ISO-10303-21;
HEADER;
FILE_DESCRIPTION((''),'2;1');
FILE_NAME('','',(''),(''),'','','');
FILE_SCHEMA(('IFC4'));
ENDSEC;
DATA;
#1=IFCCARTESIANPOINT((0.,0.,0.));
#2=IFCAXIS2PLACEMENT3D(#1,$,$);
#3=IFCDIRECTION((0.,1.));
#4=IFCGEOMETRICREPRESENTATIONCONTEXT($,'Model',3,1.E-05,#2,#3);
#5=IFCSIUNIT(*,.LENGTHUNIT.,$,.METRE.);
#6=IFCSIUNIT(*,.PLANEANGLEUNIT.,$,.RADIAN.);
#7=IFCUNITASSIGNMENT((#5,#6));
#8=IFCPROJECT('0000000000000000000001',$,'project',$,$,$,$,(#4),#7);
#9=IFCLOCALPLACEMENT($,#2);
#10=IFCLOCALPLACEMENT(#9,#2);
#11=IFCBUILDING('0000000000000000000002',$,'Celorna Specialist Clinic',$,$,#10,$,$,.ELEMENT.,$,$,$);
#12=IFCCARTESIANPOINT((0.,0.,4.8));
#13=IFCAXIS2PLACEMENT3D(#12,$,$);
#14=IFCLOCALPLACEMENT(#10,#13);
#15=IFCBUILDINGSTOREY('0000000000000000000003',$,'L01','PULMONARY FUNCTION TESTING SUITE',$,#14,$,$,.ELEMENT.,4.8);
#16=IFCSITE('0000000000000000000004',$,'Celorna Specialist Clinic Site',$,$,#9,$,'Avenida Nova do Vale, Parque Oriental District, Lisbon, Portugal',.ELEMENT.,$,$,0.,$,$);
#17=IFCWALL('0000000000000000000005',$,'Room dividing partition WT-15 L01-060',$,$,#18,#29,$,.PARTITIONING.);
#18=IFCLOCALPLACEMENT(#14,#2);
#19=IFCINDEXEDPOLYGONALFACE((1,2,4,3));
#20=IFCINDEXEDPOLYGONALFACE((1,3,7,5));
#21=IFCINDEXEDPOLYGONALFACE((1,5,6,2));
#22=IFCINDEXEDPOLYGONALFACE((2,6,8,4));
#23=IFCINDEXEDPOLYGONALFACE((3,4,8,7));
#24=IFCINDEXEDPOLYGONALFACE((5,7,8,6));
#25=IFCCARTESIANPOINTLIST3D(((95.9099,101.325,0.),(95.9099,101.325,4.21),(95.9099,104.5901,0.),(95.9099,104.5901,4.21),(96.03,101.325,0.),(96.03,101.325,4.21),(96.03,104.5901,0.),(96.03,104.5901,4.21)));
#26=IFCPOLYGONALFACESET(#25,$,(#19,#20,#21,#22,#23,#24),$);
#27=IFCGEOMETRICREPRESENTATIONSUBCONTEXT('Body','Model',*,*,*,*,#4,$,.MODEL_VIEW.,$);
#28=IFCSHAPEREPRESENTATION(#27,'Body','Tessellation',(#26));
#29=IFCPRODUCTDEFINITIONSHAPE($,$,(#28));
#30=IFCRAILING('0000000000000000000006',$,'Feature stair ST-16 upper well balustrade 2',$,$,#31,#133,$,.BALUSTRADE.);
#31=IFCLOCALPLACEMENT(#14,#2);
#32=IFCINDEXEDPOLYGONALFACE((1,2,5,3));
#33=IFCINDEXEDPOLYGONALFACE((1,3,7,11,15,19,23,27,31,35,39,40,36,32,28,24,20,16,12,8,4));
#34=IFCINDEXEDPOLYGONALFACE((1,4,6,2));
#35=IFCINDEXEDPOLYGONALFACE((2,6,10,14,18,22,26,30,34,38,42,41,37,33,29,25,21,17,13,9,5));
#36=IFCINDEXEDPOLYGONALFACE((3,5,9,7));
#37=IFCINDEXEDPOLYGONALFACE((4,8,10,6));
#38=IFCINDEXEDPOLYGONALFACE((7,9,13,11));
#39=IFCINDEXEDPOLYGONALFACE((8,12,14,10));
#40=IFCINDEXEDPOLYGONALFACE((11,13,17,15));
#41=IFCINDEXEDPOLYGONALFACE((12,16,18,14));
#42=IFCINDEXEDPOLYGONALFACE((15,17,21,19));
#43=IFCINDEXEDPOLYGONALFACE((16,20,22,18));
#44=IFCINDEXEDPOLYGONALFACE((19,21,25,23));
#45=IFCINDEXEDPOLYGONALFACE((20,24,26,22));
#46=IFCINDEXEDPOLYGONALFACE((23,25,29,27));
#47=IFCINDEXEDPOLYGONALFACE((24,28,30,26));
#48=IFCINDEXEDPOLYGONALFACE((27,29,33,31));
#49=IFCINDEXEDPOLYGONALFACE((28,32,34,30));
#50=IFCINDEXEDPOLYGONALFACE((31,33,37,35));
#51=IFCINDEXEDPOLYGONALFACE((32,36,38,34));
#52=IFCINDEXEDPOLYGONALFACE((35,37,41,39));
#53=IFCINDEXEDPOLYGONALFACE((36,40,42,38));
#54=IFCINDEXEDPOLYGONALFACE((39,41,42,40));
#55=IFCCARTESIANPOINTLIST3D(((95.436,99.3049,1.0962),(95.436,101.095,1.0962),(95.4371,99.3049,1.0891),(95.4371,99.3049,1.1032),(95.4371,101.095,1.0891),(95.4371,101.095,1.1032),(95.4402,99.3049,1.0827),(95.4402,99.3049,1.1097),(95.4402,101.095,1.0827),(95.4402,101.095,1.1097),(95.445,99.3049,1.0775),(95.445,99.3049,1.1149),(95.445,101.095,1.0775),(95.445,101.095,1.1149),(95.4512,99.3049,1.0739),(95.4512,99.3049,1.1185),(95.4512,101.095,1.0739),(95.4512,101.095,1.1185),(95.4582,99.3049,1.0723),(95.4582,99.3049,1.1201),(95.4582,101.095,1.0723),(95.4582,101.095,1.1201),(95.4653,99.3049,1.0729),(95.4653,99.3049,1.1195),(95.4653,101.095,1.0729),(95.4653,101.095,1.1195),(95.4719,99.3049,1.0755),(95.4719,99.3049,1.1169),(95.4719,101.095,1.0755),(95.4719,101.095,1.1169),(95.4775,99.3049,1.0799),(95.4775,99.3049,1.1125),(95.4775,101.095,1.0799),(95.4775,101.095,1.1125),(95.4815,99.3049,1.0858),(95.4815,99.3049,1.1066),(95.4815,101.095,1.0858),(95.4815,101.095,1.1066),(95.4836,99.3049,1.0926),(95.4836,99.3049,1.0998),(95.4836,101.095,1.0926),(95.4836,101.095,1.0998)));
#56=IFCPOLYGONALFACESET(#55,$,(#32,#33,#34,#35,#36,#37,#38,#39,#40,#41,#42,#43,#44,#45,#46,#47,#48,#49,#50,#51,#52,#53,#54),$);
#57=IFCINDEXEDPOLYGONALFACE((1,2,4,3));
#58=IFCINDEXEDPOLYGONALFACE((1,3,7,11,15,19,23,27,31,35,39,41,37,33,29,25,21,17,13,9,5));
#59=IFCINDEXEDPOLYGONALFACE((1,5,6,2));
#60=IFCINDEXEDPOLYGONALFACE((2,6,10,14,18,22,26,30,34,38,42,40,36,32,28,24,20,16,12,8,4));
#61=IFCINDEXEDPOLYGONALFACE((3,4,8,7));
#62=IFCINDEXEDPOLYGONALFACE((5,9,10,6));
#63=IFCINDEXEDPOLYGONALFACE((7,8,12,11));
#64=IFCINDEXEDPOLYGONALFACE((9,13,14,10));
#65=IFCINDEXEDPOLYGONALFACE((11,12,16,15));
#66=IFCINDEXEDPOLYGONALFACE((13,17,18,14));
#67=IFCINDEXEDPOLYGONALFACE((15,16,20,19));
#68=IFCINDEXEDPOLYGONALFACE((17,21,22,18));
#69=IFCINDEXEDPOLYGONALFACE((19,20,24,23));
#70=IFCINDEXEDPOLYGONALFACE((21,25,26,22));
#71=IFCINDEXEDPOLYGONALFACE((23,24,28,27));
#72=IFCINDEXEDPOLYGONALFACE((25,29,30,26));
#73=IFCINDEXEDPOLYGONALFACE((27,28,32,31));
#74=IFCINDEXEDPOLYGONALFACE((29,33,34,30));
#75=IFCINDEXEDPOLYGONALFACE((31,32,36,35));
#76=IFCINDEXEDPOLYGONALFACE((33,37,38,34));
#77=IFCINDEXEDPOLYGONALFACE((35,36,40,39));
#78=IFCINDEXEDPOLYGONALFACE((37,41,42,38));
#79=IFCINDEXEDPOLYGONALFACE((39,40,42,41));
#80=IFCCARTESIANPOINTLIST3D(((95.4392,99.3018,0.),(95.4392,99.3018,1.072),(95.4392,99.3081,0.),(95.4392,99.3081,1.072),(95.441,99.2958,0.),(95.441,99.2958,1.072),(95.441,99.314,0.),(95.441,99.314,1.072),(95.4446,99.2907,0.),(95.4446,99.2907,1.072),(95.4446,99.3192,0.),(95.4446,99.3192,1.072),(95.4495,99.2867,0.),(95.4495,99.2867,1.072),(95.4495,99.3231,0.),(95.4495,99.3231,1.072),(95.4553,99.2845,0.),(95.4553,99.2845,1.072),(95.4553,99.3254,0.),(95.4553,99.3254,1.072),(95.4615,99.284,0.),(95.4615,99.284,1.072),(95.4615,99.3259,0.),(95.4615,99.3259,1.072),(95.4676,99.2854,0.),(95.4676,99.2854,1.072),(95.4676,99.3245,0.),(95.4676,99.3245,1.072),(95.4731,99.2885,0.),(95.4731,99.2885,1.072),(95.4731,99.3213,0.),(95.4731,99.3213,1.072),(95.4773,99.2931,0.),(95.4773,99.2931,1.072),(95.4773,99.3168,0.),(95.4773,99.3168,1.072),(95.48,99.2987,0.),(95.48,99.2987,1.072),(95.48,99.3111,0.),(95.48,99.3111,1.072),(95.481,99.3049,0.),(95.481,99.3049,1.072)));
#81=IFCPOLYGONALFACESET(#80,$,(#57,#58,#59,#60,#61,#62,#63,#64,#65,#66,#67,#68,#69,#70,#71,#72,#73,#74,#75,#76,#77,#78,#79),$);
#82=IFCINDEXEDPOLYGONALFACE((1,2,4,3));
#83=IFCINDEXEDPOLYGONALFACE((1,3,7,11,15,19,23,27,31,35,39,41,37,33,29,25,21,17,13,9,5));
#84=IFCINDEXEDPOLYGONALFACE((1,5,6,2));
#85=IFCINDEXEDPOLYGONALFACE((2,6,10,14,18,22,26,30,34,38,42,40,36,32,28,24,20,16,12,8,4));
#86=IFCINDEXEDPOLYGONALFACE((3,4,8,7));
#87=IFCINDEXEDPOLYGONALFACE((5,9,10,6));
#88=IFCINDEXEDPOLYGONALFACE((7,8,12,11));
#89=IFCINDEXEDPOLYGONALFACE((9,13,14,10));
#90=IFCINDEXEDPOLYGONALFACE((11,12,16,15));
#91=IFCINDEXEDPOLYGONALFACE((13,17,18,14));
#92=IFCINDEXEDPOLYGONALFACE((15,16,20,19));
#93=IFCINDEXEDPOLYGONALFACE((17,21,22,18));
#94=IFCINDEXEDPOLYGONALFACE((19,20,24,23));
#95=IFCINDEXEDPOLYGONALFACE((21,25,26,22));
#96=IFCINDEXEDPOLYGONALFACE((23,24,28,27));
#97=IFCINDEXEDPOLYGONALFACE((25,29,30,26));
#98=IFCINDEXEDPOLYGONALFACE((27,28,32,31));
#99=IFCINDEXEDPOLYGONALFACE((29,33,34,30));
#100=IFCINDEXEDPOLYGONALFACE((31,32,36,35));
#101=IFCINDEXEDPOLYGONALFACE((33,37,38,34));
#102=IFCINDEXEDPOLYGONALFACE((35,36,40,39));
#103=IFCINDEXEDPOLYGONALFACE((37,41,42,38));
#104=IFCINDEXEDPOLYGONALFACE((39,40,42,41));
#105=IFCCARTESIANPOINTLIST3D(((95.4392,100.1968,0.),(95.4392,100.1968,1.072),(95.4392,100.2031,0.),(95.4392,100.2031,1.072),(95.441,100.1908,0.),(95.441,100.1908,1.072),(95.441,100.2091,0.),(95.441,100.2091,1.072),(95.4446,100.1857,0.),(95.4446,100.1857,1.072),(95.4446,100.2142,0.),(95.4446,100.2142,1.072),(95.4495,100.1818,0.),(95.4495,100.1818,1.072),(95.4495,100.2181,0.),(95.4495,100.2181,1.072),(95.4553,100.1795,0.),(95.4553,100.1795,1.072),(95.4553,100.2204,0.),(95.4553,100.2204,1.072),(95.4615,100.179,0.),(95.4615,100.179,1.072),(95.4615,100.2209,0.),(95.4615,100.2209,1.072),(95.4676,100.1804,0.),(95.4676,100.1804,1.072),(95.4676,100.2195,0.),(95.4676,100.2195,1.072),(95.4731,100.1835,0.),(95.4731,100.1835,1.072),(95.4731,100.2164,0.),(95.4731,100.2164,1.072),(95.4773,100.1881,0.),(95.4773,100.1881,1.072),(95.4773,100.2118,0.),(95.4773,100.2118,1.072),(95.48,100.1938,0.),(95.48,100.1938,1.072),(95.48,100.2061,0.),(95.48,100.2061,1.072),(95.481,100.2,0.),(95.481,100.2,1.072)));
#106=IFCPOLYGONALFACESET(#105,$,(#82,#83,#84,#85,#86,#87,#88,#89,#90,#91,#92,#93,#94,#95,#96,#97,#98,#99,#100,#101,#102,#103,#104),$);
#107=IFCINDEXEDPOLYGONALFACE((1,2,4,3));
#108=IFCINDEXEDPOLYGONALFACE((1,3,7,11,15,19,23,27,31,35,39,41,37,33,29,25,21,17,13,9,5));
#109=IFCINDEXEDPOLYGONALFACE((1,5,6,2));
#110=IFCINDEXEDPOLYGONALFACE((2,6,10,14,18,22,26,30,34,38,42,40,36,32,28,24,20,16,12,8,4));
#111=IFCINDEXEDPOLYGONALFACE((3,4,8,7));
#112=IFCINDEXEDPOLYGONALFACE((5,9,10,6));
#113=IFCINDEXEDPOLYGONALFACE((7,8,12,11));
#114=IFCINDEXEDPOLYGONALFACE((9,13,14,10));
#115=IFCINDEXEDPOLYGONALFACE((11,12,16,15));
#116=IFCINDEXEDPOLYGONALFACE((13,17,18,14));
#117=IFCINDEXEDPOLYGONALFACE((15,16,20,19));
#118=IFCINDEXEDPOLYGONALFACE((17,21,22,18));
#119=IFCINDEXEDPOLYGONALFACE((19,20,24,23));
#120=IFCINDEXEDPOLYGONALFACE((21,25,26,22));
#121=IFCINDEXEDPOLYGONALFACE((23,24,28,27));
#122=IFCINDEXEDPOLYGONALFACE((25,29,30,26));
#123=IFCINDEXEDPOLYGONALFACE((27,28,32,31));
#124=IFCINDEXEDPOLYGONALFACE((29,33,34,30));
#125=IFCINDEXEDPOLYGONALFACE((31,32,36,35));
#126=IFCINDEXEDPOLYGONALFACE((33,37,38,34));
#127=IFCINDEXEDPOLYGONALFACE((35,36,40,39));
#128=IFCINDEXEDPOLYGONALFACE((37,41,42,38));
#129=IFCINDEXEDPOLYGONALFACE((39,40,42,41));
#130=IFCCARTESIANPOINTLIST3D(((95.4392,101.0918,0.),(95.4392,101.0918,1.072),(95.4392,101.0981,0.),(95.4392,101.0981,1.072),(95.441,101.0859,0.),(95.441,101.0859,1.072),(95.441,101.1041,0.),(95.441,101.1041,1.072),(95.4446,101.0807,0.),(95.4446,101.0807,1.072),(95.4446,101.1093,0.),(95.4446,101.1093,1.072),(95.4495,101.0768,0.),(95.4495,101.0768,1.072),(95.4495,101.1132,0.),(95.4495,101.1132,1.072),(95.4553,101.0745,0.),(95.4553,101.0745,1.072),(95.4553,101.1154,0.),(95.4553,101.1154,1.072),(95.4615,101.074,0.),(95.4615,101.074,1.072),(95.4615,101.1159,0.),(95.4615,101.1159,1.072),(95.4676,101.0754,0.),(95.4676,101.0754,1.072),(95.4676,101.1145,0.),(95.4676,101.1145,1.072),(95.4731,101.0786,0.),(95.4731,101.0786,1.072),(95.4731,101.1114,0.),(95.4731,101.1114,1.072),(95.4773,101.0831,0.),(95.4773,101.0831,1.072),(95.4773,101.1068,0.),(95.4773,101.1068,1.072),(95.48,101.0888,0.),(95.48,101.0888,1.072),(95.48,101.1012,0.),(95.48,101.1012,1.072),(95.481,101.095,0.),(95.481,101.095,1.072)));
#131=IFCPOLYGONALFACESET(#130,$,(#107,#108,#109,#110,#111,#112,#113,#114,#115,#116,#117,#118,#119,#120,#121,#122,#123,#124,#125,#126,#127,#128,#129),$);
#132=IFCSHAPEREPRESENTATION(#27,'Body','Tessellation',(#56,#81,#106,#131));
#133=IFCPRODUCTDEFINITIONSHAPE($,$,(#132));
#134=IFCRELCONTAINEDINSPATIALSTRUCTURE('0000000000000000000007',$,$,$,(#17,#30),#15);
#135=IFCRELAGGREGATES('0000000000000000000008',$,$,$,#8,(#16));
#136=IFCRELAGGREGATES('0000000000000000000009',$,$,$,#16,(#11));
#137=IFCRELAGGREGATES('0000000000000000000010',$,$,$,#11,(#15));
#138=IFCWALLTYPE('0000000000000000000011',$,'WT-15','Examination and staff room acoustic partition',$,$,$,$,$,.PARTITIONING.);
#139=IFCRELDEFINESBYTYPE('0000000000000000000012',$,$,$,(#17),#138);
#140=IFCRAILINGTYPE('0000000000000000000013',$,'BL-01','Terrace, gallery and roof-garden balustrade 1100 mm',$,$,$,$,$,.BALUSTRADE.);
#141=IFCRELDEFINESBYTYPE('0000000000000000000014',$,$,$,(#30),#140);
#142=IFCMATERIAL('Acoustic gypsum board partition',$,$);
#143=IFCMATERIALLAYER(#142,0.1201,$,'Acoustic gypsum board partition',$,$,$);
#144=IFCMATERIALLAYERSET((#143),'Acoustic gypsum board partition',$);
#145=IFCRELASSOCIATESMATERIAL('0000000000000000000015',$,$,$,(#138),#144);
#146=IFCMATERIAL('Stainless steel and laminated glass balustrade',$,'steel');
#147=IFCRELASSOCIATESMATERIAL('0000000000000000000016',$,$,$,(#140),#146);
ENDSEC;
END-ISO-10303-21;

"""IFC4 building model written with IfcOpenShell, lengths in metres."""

from ifc_helpers import new_model, si_unit, direction, frame, frame_2d, origin, origin_2d, place, context, subcontext, project, spatial, rectangle, circle, extrude, material, layer, layer_set, type_object, element, save


model = new_model("IFC4")

# Units and contexts
model_context = context("Model", 3, precision=1e-05, world=origin(), true_north=direction((0.0, 1.0)))
body_context = subcontext(model_context, "Body", "Model", "MODEL_VIEW")
ifc_project = project(units=[si_unit("LENGTHUNIT", "METRE"), si_unit("PLANEANGLEUNIT", "RADIAN")], contexts=[model_context])

# Site, building, storey
site_placement = place(None, origin())
site = spatial("IfcSite", under=ifc_project, at=site_placement, Name="Celorna Specialist Clinic Site", LongName="Avenida Nova do Vale, Parque Oriental District, Lisbon, Portugal", CompositionType="ELEMENT", RefElevation=0.0)
building_placement = place(site_placement, origin())
building = spatial("IfcBuilding", under=site, at=building_placement, Name="Celorna Specialist Clinic", CompositionType="ELEMENT")
storey_placement = place(building_placement, frame((0.0, 0.0, 4.8)))
storey = spatial("IfcBuildingStorey", under=building, at=storey_placement, Name="L01", Description="PULMONARY FUNCTION TESTING SUITE", CompositionType="ELEMENT", Elevation=4.8)

# Shared definitions
ifc_material_1 = material(Name="Acoustic gypsum board partition")
ifc_layer_1 = layer(ifc_material_1, 0.1201, Name="Acoustic gypsum board partition")
ifc_layer_set_1 = layer_set([ifc_layer_1], Name="Acoustic gypsum board partition")
wall_type_1 = type_object("IfcWallType", Name="WT-15", Description="Examination and staff room acoustic partition", PredefinedType="PARTITIONING", material=ifc_layer_set_1)

# Wall
wall_1_placement = place(storey_placement, frame((95.97, 101.325, 0.0), z_axis=(0.0, 0.0, 1.0), x_axis=(0.0, 1.0, 0.0)))
element("IfcWall", 1, at=wall_1_placement, inside=storey, type_object=wall_type_1, Name="Room dividing partition WT-15 L01-060", PredefinedType="PARTITIONING", context=body_context, shape_type="SweptSolid", body=[
    extrude(rectangle(XDim=3.2651, YDim=0.1201, at=frame_2d((1.6326, 0.0))), origin(), (0.0, 0.0, 1.0), 4.21),
])

# Railing
ifc_material_2 = material(Name="Stainless steel and laminated glass balustrade", Category="steel")
railing_type = type_object("IfcRailingType", Name="BL-01", Description="Terrace, gallery and roof-garden balustrade 1100 mm", PredefinedType="BALUSTRADE", material=ifc_material_2)
railing_1_placement = place(storey_placement, frame((95.46, 99.3049, 0.0)))
element("IfcRailing", 2, at=railing_1_placement, inside=storey, type_object=railing_type, Name="Feature stair ST-16 upper well balustrade 2", PredefinedType="BALUSTRADE", context=body_context, shape_type="SweptSolid", body=[
    extrude(circle(Radius=0.0239, at=origin_2d()), frame((0.0, 0.0, 1.0962), z_axis=(0.0, 1.0, 0.0), x_axis=(-1.0, 0.0, 0.0)), (0.0, 0.0, 1.0), 1.79),
    extrude(circle(Radius=0.021, at=origin_2d()), origin(), (0.0, 0.0, 1.0), 1.072),
    extrude(circle(Radius=0.021, at=origin_2d()), frame((0.0, 0.895, 0.0)), (0.0, 0.0, 1.0), 1.072),
    extrude(circle(Radius=0.021, at=origin_2d()), frame((0.0, 1.79, 0.0)), (0.0, 0.0, 1.0), 1.072),
])

save(model, "model.ifc")
